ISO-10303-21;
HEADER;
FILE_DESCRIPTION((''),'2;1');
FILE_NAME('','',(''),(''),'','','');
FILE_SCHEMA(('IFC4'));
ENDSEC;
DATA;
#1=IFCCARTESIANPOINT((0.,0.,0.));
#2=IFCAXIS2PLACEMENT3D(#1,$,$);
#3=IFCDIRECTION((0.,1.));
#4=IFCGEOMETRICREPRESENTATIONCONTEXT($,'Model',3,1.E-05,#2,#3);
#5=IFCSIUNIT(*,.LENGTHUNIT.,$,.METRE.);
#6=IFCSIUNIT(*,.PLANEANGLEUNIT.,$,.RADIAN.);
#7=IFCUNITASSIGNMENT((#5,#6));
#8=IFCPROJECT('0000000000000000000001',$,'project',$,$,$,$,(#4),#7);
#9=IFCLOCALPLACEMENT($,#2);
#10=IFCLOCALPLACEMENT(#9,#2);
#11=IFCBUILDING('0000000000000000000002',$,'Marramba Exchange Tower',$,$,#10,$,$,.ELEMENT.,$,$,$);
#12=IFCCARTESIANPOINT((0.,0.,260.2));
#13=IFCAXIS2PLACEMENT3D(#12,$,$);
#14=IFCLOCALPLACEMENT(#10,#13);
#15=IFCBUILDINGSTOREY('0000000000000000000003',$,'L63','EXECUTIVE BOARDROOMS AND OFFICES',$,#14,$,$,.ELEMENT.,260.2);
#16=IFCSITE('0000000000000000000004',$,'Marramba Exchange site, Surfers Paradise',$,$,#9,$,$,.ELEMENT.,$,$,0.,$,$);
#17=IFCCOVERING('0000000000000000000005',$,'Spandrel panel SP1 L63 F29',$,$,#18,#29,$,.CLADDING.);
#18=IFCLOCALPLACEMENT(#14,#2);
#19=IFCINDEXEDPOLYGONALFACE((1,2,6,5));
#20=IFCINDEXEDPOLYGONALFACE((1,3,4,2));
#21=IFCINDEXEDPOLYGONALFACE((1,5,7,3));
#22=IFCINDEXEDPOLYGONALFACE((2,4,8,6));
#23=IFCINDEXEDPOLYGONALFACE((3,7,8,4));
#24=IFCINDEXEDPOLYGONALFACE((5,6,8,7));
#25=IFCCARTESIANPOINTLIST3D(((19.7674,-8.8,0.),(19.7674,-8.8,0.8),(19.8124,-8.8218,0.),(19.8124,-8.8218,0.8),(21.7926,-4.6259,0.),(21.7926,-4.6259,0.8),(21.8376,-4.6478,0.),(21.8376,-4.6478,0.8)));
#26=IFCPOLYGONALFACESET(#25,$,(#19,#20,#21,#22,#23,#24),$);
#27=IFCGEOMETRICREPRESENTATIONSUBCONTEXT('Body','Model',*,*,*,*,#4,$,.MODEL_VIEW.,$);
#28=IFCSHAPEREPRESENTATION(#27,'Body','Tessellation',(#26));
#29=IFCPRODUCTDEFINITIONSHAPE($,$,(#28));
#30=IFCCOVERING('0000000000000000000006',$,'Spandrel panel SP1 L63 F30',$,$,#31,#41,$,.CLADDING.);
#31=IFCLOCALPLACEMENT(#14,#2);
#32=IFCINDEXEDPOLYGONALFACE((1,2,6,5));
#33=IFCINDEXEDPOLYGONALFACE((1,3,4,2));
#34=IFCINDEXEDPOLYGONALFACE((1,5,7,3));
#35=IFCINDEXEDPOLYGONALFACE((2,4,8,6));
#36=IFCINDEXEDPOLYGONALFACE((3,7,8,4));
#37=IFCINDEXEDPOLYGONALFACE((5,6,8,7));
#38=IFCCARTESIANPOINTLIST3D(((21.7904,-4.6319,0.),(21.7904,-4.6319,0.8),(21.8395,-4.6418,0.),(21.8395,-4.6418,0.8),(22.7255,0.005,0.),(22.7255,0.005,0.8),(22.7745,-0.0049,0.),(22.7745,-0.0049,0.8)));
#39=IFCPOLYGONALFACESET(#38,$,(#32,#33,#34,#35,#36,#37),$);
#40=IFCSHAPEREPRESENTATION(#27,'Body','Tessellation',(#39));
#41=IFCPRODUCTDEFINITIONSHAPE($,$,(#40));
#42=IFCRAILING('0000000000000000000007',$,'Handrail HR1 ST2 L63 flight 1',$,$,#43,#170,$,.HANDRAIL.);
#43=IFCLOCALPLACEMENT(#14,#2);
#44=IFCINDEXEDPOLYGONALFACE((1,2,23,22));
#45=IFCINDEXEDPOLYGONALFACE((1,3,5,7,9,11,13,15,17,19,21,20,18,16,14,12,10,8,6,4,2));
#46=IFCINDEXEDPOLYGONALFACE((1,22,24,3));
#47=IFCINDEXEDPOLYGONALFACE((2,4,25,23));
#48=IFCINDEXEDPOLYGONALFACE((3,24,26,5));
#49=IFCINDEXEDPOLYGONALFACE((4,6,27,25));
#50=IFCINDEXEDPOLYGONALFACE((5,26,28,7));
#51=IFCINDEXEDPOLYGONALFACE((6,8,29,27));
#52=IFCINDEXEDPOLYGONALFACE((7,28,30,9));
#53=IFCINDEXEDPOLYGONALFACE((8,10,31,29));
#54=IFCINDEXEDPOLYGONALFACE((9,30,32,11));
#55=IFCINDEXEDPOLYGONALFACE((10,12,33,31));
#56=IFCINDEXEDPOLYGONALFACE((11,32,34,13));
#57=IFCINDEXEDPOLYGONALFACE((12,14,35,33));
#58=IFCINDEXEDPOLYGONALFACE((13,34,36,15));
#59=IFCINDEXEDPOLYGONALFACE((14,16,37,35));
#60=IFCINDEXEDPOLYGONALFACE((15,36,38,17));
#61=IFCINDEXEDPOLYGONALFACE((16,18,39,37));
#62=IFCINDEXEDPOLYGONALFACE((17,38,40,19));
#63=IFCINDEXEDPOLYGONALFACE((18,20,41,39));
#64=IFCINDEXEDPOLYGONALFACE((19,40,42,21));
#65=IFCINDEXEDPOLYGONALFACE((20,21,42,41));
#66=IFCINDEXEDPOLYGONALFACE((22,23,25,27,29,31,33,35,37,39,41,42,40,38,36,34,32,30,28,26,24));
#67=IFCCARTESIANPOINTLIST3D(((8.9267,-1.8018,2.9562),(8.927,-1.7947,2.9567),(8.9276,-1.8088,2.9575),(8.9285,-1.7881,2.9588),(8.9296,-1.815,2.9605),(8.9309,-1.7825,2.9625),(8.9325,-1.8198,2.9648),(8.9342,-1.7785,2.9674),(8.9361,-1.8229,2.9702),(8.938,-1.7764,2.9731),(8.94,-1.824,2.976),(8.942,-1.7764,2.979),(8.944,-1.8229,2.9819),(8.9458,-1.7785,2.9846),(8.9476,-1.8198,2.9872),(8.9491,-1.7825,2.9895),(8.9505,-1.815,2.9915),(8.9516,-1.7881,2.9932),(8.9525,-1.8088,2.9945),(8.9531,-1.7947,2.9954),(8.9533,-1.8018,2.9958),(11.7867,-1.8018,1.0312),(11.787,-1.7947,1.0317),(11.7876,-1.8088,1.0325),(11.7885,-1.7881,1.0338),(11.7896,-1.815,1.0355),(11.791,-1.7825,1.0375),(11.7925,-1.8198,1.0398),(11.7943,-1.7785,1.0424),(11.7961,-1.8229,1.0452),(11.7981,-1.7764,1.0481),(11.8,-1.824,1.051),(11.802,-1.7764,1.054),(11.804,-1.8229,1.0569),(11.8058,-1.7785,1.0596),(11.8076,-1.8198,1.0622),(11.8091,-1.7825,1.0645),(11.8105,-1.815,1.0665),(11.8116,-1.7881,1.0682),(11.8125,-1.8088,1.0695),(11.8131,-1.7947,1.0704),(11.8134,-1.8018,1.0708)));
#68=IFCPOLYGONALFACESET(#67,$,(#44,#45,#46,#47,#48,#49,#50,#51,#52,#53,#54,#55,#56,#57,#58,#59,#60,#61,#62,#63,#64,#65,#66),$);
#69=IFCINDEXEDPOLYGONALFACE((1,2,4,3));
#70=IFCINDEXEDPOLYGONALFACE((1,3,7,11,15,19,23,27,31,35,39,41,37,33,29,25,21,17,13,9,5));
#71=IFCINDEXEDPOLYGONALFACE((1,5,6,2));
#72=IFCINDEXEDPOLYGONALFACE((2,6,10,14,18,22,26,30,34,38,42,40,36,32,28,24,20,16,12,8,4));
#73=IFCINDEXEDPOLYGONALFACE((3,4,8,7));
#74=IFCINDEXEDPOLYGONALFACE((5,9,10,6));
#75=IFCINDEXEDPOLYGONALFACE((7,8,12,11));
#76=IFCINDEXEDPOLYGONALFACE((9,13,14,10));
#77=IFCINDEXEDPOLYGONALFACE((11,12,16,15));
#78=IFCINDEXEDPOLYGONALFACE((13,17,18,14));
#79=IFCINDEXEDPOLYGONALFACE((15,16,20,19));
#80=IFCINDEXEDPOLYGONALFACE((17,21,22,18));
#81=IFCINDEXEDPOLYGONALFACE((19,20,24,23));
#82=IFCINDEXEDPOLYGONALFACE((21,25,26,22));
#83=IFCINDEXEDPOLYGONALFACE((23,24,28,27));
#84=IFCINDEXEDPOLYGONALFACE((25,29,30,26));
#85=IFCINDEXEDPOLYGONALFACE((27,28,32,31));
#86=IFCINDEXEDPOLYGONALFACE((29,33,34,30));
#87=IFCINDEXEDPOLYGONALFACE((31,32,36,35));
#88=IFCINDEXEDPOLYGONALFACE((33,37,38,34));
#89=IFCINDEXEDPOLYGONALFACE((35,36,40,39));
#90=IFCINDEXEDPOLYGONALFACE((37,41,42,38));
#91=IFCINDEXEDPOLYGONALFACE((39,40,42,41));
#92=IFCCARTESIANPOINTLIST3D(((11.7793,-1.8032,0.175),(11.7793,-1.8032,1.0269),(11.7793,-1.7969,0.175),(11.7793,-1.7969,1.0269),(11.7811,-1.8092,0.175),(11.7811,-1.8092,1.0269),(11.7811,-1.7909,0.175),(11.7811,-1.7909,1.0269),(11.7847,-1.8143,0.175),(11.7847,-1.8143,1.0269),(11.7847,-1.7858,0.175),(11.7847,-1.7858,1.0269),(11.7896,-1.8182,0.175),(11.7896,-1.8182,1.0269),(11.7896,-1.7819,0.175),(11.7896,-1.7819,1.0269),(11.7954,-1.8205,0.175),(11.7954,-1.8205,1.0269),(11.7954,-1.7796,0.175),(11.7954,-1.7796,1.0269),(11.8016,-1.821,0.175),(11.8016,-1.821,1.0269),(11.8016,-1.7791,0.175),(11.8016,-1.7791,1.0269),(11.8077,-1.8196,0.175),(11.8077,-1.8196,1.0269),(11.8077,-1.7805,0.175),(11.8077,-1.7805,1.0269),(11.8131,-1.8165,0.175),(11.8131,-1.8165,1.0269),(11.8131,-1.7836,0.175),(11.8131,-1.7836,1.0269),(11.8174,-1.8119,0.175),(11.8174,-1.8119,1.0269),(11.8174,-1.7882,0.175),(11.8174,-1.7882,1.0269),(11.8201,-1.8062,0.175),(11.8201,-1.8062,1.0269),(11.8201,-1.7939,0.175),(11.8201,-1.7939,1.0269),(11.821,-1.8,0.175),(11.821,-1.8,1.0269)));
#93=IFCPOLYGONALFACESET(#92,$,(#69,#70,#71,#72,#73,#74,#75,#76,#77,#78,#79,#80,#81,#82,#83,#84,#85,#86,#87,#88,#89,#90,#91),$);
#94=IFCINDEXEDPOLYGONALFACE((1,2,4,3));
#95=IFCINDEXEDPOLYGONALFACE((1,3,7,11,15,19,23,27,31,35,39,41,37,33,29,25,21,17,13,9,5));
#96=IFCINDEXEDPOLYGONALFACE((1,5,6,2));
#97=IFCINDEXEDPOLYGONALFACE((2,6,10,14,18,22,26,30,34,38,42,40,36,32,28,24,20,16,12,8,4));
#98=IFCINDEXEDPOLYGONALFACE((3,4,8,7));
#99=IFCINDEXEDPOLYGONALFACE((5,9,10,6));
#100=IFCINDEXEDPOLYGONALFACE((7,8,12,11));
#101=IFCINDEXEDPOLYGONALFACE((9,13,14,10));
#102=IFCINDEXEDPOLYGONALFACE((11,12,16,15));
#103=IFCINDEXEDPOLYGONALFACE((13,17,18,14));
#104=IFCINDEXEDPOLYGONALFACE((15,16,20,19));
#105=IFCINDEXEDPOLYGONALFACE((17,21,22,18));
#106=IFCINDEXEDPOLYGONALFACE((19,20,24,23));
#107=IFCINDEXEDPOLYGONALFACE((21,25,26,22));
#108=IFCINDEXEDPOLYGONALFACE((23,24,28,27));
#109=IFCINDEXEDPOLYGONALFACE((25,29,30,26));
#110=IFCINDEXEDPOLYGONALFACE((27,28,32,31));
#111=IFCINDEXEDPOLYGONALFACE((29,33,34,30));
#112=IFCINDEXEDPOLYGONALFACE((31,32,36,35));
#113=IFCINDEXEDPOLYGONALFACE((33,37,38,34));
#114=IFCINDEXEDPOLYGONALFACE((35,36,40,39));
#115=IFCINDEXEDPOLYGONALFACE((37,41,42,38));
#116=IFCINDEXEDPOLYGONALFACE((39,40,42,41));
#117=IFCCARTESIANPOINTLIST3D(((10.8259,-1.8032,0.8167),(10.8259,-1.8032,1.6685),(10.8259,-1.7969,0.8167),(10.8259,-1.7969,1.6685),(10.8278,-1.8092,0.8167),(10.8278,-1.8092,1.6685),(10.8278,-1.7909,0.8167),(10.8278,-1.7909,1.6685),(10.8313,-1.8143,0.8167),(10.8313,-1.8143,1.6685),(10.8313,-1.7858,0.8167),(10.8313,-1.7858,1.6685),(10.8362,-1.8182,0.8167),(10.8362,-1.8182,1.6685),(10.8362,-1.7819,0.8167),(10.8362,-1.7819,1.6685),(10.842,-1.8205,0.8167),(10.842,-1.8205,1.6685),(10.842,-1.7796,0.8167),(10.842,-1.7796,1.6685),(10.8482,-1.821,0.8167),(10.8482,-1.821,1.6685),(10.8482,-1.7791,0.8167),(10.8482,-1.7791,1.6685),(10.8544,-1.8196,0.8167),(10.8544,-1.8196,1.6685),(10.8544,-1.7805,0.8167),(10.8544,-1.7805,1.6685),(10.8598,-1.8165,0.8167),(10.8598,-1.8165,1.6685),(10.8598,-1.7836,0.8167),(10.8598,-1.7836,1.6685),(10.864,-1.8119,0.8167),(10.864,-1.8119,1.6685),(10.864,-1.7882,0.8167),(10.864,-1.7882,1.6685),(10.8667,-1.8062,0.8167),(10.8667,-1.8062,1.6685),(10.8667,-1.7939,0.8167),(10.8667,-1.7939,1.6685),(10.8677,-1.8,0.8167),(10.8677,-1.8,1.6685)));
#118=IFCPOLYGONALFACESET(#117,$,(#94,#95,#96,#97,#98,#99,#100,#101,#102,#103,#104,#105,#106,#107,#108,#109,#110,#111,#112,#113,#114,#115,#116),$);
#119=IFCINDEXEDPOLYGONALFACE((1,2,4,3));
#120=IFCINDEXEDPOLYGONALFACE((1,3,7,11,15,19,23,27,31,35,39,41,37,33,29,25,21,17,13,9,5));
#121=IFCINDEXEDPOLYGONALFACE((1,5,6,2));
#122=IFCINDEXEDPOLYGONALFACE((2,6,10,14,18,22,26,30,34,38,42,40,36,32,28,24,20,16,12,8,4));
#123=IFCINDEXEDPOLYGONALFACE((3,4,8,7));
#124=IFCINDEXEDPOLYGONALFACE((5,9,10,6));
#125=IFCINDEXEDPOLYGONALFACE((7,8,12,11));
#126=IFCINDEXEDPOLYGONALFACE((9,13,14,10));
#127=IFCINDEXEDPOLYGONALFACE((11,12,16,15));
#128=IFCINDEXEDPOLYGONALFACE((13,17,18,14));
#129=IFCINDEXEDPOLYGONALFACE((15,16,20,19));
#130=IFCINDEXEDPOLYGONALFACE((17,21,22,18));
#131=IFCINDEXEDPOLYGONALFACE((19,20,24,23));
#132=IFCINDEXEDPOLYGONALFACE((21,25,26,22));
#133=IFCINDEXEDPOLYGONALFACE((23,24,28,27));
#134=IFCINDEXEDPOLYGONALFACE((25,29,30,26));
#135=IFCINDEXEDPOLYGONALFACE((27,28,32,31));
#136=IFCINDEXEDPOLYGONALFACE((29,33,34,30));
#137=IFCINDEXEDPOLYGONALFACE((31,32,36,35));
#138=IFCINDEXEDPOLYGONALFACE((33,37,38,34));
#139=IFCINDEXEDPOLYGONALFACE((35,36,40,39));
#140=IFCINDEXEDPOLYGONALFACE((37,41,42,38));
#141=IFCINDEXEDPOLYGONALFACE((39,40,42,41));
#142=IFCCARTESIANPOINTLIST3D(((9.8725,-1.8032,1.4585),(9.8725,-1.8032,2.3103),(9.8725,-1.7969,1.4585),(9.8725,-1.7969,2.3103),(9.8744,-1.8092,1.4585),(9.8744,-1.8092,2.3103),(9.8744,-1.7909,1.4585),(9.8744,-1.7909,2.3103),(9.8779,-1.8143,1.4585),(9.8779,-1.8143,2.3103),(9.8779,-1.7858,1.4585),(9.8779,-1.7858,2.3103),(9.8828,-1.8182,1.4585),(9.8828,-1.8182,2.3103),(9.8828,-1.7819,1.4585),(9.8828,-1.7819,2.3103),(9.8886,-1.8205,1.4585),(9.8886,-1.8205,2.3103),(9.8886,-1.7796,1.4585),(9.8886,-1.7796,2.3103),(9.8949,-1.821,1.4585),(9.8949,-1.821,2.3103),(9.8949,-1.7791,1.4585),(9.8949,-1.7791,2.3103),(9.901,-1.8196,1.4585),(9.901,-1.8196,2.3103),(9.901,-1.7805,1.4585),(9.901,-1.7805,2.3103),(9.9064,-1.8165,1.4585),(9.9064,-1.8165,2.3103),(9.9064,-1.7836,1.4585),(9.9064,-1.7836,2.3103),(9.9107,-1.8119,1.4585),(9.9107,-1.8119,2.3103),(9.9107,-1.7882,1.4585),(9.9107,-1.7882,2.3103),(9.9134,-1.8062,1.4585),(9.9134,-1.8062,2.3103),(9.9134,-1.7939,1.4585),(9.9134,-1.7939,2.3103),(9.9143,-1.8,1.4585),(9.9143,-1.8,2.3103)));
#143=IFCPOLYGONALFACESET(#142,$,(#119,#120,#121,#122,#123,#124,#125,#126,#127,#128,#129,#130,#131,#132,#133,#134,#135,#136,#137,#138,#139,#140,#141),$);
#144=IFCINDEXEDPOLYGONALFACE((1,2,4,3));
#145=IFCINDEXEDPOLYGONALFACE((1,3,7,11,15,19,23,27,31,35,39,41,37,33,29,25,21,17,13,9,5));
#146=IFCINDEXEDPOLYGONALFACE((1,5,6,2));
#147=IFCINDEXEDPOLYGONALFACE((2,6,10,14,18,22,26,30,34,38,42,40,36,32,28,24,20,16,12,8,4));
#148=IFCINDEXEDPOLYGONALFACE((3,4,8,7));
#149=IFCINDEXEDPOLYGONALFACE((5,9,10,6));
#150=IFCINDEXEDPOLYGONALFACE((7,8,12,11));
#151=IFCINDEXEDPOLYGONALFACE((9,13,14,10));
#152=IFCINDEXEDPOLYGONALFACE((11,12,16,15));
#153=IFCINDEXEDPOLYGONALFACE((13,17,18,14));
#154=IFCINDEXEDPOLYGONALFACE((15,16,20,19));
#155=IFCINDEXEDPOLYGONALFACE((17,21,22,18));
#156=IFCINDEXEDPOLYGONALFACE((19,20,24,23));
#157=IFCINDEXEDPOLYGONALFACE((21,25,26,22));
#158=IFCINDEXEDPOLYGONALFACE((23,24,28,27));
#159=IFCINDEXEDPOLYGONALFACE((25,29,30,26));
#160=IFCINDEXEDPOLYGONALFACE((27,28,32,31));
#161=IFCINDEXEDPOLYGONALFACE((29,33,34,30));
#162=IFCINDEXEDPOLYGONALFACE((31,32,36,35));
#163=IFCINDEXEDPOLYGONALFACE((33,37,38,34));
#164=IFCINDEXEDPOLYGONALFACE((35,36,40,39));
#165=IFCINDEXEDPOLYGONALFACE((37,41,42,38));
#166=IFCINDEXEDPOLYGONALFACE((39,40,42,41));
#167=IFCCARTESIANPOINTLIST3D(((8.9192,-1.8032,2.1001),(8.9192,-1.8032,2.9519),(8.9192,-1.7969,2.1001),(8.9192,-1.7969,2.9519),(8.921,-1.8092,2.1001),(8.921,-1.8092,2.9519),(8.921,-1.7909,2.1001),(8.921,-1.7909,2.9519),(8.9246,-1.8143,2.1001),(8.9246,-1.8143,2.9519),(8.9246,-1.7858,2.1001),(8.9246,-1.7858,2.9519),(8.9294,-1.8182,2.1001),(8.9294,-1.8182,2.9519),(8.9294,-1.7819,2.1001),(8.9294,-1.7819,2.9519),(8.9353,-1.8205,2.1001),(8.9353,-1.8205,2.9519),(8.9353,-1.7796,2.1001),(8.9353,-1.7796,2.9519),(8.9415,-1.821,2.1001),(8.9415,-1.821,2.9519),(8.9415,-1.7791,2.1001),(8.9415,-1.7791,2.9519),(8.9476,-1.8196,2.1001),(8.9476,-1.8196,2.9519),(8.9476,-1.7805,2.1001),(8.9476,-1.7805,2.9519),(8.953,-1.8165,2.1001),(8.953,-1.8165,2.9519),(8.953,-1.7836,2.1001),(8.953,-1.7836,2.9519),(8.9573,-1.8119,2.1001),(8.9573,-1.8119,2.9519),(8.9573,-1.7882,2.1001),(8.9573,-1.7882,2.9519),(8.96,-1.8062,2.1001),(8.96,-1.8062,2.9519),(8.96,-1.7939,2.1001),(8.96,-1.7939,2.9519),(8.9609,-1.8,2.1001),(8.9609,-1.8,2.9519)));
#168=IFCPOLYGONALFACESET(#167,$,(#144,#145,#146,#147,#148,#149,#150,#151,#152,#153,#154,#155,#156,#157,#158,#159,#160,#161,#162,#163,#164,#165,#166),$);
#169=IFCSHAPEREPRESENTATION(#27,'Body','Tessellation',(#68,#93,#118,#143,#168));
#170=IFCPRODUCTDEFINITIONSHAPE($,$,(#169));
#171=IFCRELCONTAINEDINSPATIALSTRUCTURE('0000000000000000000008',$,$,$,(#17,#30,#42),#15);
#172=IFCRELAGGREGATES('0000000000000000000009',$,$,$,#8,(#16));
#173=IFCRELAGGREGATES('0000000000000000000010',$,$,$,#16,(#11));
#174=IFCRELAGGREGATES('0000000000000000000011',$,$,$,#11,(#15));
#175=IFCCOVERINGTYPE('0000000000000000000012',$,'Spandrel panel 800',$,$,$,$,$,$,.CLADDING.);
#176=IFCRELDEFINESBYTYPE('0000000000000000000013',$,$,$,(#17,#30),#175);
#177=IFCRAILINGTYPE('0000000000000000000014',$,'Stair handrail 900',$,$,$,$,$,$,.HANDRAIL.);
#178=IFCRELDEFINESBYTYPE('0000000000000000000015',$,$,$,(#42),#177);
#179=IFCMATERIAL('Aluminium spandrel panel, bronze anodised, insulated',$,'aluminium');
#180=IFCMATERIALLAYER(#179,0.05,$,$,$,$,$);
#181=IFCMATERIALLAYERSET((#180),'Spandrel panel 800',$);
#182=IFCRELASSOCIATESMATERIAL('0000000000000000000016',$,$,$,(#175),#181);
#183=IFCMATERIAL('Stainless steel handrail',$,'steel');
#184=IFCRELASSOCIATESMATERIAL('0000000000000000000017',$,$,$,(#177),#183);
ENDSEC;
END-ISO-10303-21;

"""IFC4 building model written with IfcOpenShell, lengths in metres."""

from ifc_helpers import new_model, si_unit, direction, frame, origin, origin_2d, place, context, subcontext, project, spatial, rectangle, circle, extrude, material, layer, layer_set, type_object, element, save


model = new_model("IFC4")

# Units and contexts
model_context = context("Model", 3, precision=1e-05, world=origin(), true_north=direction((0.0, 1.0)))
body_context = subcontext(model_context, "Body", "Model", "MODEL_VIEW")
ifc_project = project(units=[si_unit("LENGTHUNIT", "METRE"), si_unit("PLANEANGLEUNIT", "RADIAN")], contexts=[model_context])

# Site, building, storey
site_placement = place(None, origin())
site = spatial("IfcSite", under=ifc_project, at=site_placement, Name="Marramba Exchange site, Surfers Paradise", CompositionType="ELEMENT", RefElevation=0.0)
building_placement = place(site_placement, origin())
building = spatial("IfcBuilding", under=site, at=building_placement, Name="Marramba Exchange Tower", CompositionType="ELEMENT")
storey_placement = place(building_placement, frame((0.0, 0.0, 260.2)))
storey = spatial("IfcBuildingStorey", under=building, at=storey_placement, Name="L63", Description="EXECUTIVE BOARDROOMS AND OFFICES", CompositionType="ELEMENT", Elevation=260.2)

# Coverings
ifc_material_1 = material(Name="Aluminium spandrel panel, bronze anodised, insulated", Category="aluminium")
ifc_layer_1 = layer(ifc_material_1, 0.05)
ifc_layer_set_1 = layer_set([ifc_layer_1], Name="Spandrel panel 800")
covering_type = type_object("IfcCoveringType", Name="Spandrel panel 800", PredefinedType="CLADDING", material=ifc_layer_set_1)
covering_1_placement = place(storey_placement, frame((20.8025, -6.7239, 0.0), z_axis=(0.0, 0.0, 1.0), x_axis=(0.436515, 0.899697, 0.0)))
element("IfcCovering", 1, at=covering_1_placement, inside=storey, type_object=covering_type, Name="Spandrel panel SP1 L63 F29", PredefinedType="CLADDING", context=body_context, shape_type="SweptSolid", body=[
    extrude(rectangle(XDim=4.6394, YDim=0.05, at=origin_2d()), origin(), (0.0, 0.0, 1.0), 0.8),
])
covering_2_placement = place(storey_placement, frame((22.2825, -2.3184, 0.0), z_axis=(0.0, 0.0, 1.0), x_axis=(0.197671, 0.980269, 0.0)))
element("IfcCovering", 2, at=covering_2_placement, inside=storey, type_object=covering_type, Name="Spandrel panel SP1 L63 F30", PredefinedType="CLADDING", context=body_context, shape_type="SweptSolid", body=[
    extrude(rectangle(XDim=4.7302, YDim=0.05, at=origin_2d()), origin(), (0.0, 0.0, 1.0), 0.8),
])

# Railing
ifc_material_2 = material(Name="Stainless steel handrail", Category="steel")
railing_type = type_object("IfcRailingType", Name="Stair handrail 900", PredefinedType="HANDRAIL", material=ifc_material_2)
railing_placement = place(storey_placement, frame((11.8, -1.8, 0.175)))
element("IfcRailing", 3, at=railing_placement, inside=storey, type_object=railing_type, Name="Handrail HR1 ST2 L63 flight 1", PredefinedType="HANDRAIL", context=body_context, shape_type="SweptSolid", body=[
    extrude(circle(Radius=0.0239, at=origin_2d()), frame((0.0, 0.0, 0.876), z_axis=(-0.829591, 0.0, 0.558372), x_axis=(0.0, -1.0, 0.0)), (0.0, 0.0, 1.0), 3.4475),
    extrude(circle(Radius=0.021, at=origin_2d()), origin(), (0.0, 0.0, 1.0), 0.8518),
    extrude(circle(Radius=0.021, at=origin_2d()), frame((-0.9534, 0.0, 0.6416)), (0.0, 0.0, 1.0), 0.8518),
    extrude(circle(Radius=0.021, at=origin_2d()), frame((-1.9067, 0.0, 1.2834)), (0.0, 0.0, 1.0), 0.8518),
    extrude(circle(Radius=0.021, at=origin_2d()), frame((-2.8601, 0.0, 1.925)), (0.0, 0.0, 1.0), 0.8518),
])

save(model, "model.ifc")
